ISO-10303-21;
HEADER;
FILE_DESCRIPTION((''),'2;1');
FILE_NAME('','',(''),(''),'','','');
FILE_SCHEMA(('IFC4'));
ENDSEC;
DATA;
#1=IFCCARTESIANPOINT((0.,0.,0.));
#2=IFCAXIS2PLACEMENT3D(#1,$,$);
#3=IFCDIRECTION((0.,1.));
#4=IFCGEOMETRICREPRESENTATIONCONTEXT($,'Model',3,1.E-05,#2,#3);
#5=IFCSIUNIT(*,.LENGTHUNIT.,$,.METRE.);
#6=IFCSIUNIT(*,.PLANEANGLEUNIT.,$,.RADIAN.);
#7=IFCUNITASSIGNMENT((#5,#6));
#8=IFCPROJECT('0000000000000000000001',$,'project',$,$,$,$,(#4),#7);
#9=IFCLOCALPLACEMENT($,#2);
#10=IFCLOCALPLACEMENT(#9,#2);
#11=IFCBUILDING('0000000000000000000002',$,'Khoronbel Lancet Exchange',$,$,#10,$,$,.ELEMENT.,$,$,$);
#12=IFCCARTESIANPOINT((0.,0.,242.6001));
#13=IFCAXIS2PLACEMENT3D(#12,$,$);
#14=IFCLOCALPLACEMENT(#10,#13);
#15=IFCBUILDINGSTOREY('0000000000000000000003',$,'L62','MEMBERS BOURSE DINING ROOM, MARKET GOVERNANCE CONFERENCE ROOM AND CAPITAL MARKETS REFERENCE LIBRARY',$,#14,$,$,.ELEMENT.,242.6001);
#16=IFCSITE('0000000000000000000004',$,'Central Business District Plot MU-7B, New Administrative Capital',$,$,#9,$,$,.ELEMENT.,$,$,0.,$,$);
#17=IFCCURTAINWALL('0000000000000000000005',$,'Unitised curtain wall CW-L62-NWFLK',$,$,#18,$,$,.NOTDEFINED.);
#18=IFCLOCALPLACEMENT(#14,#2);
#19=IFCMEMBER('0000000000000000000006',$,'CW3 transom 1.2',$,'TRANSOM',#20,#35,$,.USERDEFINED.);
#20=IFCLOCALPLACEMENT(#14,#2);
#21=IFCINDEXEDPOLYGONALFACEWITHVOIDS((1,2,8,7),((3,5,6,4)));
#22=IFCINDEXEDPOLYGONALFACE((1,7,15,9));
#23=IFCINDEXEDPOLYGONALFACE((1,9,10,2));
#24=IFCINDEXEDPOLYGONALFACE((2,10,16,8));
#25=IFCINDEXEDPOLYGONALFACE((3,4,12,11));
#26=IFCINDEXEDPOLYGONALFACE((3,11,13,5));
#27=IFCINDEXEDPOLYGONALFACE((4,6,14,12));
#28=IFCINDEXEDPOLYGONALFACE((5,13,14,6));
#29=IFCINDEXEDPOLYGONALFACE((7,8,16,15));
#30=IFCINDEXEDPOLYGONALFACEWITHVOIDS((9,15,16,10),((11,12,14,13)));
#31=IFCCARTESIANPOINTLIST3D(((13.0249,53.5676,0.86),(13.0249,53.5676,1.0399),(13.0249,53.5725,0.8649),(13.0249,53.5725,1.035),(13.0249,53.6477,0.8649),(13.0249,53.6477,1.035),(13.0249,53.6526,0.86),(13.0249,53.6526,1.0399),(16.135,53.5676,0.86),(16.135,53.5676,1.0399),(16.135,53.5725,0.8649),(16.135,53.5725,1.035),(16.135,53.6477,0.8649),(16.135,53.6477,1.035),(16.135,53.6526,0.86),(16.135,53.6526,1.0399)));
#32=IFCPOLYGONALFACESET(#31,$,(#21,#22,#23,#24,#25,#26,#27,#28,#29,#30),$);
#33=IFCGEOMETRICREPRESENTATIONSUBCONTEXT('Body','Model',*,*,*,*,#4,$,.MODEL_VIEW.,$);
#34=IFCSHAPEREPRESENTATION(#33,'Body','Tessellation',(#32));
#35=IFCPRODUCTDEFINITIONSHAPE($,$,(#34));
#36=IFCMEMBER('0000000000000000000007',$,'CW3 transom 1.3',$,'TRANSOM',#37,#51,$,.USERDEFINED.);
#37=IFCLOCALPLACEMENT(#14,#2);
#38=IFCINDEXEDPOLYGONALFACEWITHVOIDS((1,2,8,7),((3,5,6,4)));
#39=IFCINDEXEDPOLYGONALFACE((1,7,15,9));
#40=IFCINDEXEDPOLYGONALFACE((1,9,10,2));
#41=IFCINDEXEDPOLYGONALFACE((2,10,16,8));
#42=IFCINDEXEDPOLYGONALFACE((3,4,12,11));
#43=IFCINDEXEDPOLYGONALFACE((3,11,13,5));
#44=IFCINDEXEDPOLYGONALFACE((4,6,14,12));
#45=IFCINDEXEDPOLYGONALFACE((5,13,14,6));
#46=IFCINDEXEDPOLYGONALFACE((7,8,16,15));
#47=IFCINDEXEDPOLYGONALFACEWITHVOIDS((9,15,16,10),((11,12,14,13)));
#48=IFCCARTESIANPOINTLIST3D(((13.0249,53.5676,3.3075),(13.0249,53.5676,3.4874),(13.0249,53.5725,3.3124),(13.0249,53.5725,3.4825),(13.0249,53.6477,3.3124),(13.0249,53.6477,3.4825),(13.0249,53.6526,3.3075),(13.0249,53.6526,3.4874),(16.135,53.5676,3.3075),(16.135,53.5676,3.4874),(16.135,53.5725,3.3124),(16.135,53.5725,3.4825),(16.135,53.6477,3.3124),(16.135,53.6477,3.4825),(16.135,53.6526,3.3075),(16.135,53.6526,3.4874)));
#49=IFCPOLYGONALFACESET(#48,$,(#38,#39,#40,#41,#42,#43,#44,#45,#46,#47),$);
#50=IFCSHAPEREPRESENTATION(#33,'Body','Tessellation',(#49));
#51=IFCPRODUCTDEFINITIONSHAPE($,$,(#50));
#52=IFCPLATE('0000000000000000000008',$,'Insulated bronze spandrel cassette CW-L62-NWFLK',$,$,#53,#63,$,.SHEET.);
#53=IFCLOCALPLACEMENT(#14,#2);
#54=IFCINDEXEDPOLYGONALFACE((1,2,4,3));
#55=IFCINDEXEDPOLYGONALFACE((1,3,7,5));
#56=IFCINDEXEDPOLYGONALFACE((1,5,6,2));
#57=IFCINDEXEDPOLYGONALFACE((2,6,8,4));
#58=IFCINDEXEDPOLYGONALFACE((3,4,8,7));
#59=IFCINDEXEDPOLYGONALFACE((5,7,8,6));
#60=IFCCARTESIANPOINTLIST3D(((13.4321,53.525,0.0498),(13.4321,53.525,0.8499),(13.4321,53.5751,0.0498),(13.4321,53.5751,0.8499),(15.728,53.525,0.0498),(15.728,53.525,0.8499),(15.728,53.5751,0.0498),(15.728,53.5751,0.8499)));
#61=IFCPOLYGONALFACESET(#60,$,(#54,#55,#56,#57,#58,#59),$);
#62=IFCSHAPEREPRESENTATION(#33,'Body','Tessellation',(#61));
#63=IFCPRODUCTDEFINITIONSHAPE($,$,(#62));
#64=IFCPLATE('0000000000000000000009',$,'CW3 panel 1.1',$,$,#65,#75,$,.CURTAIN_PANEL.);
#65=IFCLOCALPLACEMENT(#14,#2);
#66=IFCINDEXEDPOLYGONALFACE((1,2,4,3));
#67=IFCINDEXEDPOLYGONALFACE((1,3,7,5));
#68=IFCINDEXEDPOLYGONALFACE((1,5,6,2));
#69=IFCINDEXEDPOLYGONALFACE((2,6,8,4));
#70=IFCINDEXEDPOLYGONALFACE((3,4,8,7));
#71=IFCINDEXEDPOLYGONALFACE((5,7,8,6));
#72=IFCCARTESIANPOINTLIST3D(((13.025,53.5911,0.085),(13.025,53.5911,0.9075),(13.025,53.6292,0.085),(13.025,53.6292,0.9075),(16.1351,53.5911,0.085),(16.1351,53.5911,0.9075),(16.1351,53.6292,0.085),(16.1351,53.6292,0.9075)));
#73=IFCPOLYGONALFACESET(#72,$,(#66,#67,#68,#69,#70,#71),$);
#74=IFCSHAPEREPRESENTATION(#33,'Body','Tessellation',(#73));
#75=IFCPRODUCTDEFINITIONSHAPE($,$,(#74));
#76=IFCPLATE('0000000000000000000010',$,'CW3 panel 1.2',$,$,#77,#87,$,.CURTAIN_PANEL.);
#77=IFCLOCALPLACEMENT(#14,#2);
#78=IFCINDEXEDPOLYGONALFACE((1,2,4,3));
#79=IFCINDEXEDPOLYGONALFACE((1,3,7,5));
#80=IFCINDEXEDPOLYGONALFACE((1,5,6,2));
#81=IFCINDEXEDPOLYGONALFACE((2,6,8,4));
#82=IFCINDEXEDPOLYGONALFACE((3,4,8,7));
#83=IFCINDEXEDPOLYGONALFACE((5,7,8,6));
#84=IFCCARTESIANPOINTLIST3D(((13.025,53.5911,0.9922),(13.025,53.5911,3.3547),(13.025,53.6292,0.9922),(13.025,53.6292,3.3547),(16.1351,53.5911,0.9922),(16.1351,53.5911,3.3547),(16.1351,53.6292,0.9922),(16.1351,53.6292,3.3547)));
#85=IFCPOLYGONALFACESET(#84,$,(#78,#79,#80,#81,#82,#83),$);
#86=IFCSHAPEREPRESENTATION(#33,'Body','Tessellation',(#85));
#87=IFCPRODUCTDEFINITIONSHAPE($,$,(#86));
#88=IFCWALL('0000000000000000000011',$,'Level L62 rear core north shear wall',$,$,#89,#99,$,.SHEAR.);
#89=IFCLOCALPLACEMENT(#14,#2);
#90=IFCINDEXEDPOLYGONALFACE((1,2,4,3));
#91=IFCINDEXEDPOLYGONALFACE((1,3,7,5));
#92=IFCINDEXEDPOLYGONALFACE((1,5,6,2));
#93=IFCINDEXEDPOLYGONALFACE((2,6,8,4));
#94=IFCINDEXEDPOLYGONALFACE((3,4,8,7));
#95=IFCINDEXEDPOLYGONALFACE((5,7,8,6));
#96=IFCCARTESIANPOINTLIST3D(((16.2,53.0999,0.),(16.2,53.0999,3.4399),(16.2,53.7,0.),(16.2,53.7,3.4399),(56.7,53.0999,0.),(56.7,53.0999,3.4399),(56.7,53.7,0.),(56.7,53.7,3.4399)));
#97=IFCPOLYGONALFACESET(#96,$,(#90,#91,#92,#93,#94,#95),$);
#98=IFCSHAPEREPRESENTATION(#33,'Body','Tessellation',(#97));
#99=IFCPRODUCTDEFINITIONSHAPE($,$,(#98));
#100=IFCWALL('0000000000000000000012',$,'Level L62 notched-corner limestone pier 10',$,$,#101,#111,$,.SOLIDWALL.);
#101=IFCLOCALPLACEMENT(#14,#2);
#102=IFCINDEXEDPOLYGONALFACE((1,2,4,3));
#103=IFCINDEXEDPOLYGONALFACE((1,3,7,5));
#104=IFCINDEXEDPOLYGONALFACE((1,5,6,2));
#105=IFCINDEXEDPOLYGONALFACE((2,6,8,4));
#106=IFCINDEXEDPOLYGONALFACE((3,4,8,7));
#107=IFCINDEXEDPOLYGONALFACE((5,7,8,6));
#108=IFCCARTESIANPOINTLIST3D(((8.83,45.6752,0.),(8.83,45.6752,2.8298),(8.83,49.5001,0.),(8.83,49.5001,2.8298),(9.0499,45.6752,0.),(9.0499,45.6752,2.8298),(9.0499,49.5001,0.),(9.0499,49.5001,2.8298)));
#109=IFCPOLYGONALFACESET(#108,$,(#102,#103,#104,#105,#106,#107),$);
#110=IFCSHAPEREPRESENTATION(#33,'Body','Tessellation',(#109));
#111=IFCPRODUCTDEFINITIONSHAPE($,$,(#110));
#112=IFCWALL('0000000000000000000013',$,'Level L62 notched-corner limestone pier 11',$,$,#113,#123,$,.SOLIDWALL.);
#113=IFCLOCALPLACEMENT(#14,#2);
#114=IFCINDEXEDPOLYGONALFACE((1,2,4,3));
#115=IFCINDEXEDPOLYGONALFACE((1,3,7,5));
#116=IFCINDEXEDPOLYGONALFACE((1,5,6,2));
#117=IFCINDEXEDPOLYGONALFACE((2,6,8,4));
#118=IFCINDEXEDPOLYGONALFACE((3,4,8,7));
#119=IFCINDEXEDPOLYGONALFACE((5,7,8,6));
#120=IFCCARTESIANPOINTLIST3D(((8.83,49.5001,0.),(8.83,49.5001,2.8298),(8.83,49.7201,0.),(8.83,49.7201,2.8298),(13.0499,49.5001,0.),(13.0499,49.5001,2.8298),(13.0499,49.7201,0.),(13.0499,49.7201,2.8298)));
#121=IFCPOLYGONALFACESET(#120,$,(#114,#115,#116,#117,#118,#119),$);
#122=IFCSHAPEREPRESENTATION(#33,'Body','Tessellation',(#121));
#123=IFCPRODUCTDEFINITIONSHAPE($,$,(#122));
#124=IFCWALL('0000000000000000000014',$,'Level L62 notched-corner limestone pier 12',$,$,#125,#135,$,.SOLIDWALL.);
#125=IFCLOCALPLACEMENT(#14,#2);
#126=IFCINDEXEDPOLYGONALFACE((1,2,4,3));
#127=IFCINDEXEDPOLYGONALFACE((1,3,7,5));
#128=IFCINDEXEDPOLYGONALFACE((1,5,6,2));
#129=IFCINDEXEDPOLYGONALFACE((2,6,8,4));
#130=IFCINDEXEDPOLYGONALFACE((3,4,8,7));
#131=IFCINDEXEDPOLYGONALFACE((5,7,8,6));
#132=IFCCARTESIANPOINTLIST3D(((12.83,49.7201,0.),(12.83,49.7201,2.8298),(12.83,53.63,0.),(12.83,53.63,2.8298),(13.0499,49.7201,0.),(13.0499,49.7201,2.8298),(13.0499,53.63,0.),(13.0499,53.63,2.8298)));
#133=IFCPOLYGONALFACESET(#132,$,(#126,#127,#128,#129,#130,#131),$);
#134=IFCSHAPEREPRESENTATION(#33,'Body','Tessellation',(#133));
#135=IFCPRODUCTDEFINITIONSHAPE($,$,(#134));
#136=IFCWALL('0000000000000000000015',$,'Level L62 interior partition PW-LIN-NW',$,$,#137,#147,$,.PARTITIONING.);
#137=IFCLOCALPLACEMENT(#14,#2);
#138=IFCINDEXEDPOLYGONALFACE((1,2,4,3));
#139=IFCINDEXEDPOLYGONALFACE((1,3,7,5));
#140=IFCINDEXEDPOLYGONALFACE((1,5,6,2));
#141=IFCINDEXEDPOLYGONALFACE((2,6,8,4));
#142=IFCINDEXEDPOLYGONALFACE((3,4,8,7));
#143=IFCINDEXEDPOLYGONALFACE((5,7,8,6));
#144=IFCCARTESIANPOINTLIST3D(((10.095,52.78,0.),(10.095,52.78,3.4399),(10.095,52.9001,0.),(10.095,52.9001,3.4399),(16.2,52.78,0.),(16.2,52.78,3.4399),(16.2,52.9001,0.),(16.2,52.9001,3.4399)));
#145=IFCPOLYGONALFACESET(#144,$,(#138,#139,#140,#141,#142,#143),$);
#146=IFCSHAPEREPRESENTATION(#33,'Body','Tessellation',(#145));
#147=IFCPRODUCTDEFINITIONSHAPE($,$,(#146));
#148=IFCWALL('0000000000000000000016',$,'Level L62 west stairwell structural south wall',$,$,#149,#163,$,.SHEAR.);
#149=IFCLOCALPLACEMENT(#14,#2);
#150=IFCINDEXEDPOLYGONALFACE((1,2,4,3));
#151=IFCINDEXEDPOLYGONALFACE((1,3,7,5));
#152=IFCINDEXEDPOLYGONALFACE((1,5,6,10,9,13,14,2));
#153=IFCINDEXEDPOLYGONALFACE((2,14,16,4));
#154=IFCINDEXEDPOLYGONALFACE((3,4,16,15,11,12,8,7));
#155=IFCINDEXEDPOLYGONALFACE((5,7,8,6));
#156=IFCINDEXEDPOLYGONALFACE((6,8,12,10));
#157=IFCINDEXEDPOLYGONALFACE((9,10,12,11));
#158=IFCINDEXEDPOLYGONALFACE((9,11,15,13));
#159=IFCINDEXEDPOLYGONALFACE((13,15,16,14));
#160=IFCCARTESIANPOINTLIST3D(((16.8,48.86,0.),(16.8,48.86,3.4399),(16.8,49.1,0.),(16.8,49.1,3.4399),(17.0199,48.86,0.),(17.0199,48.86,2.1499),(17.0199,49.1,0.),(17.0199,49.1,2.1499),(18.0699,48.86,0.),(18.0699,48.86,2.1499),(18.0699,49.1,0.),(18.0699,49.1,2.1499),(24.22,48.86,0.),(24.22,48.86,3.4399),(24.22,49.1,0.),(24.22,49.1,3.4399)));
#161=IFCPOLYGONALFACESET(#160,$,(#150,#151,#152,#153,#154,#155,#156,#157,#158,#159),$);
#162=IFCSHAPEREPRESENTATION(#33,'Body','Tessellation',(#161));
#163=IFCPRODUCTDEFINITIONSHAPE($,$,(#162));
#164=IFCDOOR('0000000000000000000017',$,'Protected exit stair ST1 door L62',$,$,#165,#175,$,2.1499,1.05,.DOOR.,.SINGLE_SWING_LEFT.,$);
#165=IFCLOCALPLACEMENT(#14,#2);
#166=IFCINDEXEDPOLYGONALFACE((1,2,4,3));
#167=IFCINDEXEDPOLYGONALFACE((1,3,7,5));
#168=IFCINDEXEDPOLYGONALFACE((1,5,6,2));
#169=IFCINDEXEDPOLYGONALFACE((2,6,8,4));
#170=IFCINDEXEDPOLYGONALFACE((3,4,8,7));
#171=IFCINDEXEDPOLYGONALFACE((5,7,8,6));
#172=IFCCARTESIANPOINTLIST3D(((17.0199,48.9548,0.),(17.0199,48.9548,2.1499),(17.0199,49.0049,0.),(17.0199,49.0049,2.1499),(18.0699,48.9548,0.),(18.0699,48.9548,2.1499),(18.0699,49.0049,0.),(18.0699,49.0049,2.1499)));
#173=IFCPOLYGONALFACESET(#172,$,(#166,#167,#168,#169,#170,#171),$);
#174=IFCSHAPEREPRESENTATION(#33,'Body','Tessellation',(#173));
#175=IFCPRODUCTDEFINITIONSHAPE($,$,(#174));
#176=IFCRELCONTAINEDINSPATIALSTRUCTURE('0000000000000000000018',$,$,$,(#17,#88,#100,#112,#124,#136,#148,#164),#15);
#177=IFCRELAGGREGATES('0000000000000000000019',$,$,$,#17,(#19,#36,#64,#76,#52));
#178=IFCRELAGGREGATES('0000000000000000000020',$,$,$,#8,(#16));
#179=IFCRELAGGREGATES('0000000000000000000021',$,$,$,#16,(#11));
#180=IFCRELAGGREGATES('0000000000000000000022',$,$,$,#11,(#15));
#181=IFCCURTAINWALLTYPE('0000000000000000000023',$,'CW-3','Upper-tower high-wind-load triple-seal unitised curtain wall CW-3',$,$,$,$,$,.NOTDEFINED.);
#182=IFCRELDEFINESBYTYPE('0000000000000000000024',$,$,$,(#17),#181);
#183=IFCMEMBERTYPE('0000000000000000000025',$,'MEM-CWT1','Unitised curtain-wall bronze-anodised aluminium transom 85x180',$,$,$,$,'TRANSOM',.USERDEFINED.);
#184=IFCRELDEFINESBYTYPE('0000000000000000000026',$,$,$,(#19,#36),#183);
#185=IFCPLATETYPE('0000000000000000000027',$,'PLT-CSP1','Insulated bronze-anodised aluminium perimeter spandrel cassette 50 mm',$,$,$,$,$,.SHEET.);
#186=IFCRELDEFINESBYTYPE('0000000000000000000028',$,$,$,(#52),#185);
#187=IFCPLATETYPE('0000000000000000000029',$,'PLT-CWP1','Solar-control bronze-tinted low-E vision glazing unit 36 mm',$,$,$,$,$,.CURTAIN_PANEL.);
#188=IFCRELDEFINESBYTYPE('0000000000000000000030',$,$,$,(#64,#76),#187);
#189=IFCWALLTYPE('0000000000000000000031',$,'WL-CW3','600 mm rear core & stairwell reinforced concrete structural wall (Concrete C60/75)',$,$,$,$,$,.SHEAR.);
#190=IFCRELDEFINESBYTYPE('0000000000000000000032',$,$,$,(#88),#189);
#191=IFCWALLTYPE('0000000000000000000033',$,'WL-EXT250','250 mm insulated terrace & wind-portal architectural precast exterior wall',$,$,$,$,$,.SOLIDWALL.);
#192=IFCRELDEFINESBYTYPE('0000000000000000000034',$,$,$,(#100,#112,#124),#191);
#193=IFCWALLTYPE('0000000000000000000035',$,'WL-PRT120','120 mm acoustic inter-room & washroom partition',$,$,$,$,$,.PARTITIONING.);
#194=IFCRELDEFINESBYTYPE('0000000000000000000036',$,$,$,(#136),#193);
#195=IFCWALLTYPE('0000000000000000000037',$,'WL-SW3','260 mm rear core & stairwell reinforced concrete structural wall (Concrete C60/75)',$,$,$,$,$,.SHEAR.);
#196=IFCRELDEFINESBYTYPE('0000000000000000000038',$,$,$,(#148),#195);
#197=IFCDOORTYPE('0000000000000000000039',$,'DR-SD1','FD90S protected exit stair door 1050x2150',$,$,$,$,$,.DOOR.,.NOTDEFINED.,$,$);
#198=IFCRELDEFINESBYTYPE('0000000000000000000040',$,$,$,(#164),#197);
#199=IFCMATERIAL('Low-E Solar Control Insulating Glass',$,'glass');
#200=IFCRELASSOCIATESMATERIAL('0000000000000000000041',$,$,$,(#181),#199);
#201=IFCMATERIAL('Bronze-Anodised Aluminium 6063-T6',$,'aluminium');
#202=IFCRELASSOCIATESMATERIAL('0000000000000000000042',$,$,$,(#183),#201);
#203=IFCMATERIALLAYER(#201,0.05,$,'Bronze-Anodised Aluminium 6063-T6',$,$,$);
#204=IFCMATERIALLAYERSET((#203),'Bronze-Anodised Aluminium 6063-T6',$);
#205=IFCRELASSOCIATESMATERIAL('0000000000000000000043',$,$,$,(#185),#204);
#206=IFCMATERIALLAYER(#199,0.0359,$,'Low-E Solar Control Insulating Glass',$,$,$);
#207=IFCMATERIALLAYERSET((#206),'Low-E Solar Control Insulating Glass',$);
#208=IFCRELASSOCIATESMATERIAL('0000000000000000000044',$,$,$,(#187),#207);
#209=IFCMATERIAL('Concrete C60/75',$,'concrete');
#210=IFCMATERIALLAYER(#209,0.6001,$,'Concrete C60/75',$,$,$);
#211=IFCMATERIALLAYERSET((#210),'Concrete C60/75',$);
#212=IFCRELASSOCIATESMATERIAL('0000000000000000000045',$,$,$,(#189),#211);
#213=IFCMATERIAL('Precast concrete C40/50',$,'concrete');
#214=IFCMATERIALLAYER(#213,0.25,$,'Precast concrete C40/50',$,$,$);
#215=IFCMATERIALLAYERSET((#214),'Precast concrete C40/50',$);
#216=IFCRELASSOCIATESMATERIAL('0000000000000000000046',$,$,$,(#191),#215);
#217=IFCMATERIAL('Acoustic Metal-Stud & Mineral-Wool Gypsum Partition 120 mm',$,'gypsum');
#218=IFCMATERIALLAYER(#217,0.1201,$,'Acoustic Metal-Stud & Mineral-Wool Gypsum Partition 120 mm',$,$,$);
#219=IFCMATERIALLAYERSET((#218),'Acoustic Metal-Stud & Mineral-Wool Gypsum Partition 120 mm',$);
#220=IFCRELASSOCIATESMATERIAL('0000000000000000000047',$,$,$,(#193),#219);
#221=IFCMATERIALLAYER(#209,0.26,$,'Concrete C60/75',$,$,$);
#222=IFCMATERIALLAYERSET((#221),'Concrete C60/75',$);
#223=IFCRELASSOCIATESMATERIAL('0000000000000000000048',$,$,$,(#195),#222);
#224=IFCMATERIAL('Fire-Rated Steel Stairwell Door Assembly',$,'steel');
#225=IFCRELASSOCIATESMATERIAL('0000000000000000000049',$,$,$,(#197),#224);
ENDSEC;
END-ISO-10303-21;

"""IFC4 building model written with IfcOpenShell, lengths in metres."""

from ifc_helpers import new_model, si_unit, direction, frame, frame_2d, origin, origin_2d, place, context, subcontext, project, spatial, rectangle, hollow_rectangle, extrude, material, layer, layer_set, material_profile, profile_set, type_object, element, fill, aggregate, save


model = new_model("IFC4")

# Units and contexts
model_context = context("Model", 3, precision=1e-05, world=origin(), true_north=direction((0.0, 1.0)))
body_context = subcontext(model_context, "Body", "Model", "MODEL_VIEW")
ifc_project = project(units=[si_unit("LENGTHUNIT", "METRE"), si_unit("PLANEANGLEUNIT", "RADIAN")], contexts=[model_context])

# Site, building, storey
site_placement = place(None, origin())
site = spatial("IfcSite", under=ifc_project, at=site_placement, Name="Central Business District Plot MU-7B, New Administrative Capital", CompositionType="ELEMENT", RefElevation=0.0)
building_placement = place(site_placement, origin())
building = spatial("IfcBuilding", under=site, at=building_placement, Name="Khoronbel Lancet Exchange", CompositionType="ELEMENT")
storey_placement = place(building_placement, frame((0.0, 0.0, 242.6001)))
storey = spatial("IfcBuildingStorey", under=building, at=storey_placement, Name="L62", Description="MEMBERS BOURSE DINING ROOM, MARKET GOVERNANCE CONFERENCE ROOM AND CAPITAL MARKETS REFERENCE LIBRARY", CompositionType="ELEMENT", Elevation=242.6001)

# Curtain wall, members, plates
ifc_material_1 = material(Name="Low-E Solar Control Insulating Glass", Category="glass")
curtain_wall_type = type_object("IfcCurtainWallType", Name="CW-3", Description="Upper-tower high-wind-load triple-seal unitised curtain wall CW-3", PredefinedType="NOTDEFINED", material=ifc_material_1)
curtain_wall_placement = place(storey_placement, origin())
curtain_wall = element("IfcCurtainWall", 1, at=curtain_wall_placement, inside=storey, type_object=curtain_wall_type, Name="Unitised curtain wall CW-L62-NWFLK", PredefinedType="NOTDEFINED")
ifc_material_2 = material(Name="Bronze-Anodised Aluminium 6063-T6", Category="aluminium")
ifc_material_profile_1 = material_profile(ifc_material_2, hollow_rectangle(XDim=0.085, YDim=0.1799, WallThickness=0.0049, at=origin_2d()), Name="ALU TRANSOM 85x180")
ifc_profile_set_1 = profile_set([ifc_material_profile_1], Name="Bronze-Anodised Aluminium 6063-T6")
member_type_1 = type_object("IfcMemberType", Name="MEM-CWT1", Description="Unitised curtain-wall bronze-anodised aluminium transom 85x180", ElementType="TRANSOM", PredefinedType="USERDEFINED", material=ifc_profile_set_1)
member_1_placement = place(storey_placement, frame((16.135, 53.6101, 0.95), z_axis=(-1.0, 0.0, 0.0), x_axis=(0.0, -1.0, 0.0)))
member_1 = element("IfcMember", 2, at=member_1_placement, type_object=member_type_1, Name="CW3 transom 1.2", ObjectType="TRANSOM", PredefinedType="USERDEFINED", context=body_context, shape_type="SweptSolid", body=[
    extrude(hollow_rectangle(XDim=0.085, YDim=0.1799, WallThickness=0.0049, at=origin_2d()), origin(), (0.0, 0.0, 1.0), 3.1101),
])
member_2_placement = place(storey_placement, frame((16.135, 53.6101, 3.3975), z_axis=(-1.0, 0.0, 0.0), x_axis=(0.0, -1.0, 0.0)))
member_2 = element("IfcMember", 3, at=member_2_placement, type_object=member_type_1, Name="CW3 transom 1.3", ObjectType="TRANSOM", PredefinedType="USERDEFINED", context=body_context, shape_type="SweptSolid", body=[
    extrude(hollow_rectangle(XDim=0.085, YDim=0.1799, WallThickness=0.0049, at=origin_2d()), origin(), (0.0, 0.0, 1.0), 3.1101),
])
ifc_layer_1 = layer(ifc_material_2, 0.05, Name="Bronze-Anodised Aluminium 6063-T6")
ifc_layer_set_1 = layer_set([ifc_layer_1], Name="Bronze-Anodised Aluminium 6063-T6")
plate_type_1 = type_object("IfcPlateType", Name="PLT-CSP1", Description="Insulated bronze-anodised aluminium perimeter spandrel cassette 50 mm", PredefinedType="SHEET", material=ifc_layer_set_1)
plate_1_placement = place(storey_placement, frame((14.5801, 53.55, 0.0498), z_axis=(0.0, 0.0, 1.0), x_axis=(-1.0, 0.0, 0.0)))
plate_1 = element("IfcPlate", 4, at=plate_1_placement, type_object=plate_type_1, Name="Insulated bronze spandrel cassette CW-L62-NWFLK", PredefinedType="SHEET", context=body_context, shape_type="SweptSolid", body=[
    extrude(rectangle(XDim=2.2959, YDim=0.05, at=origin_2d()), origin(), (0.0, 0.0, 1.0), 0.8),
])
ifc_layer_2 = layer(ifc_material_1, 0.0359, Name="Low-E Solar Control Insulating Glass")
ifc_layer_set_2 = layer_set([ifc_layer_2], Name="Low-E Solar Control Insulating Glass")
plate_type_2 = type_object("IfcPlateType", Name="PLT-CWP1", Description="Solar-control bronze-tinted low-E vision glazing unit 36 mm", PredefinedType="CURTAIN_PANEL", material=ifc_layer_set_2)
plate_2_placement = place(storey_placement, frame((14.5801, 53.6101, 0.085), z_axis=(0.0, 0.0, 1.0), x_axis=(-1.0, 0.0, 0.0)))
plate_2 = element("IfcPlate", 5, at=plate_2_placement, type_object=plate_type_2, Name="CW3 panel 1.1", PredefinedType="CURTAIN_PANEL", context=body_context, shape_type="SweptSolid", body=[
    extrude(rectangle(XDim=3.1101, YDim=0.0381, at=origin_2d()), origin(), (0.0, 0.0, 1.0), 0.8225),
])
plate_3_placement = place(storey_placement, frame((14.5801, 53.6101, 0.9922), z_axis=(0.0, 0.0, 1.0), x_axis=(-1.0, 0.0, 0.0)))
plate_3 = element("IfcPlate", 6, at=plate_3_placement, type_object=plate_type_2, Name="CW3 panel 1.2", PredefinedType="CURTAIN_PANEL", context=body_context, shape_type="SweptSolid", body=[
    extrude(rectangle(XDim=3.1101, YDim=0.0381, at=origin_2d()), origin(), (0.0, 0.0, 1.0), 2.3625),
])
aggregate(curtain_wall, [member_1, member_2, plate_2, plate_3, plate_1])

# Walls
ifc_material_3 = material(Name="Concrete C60/75", Category="concrete")
ifc_layer_3 = layer(ifc_material_3, 0.6001, Name="Concrete C60/75")
ifc_layer_set_3 = layer_set([ifc_layer_3], Name="Concrete C60/75")
wall_type_1 = type_object("IfcWallType", Name="WL-CW3", Description="600 mm rear core & stairwell reinforced concrete structural wall (Concrete C60/75)", PredefinedType="SHEAR", material=ifc_layer_set_3)
wall_1_placement = place(storey_placement, frame((16.2, 53.3999, 0.0), z_axis=(0.0, 0.0, 1.0), x_axis=(1.0, 0.0, 0.0)))
element("IfcWall", 7, at=wall_1_placement, inside=storey, type_object=wall_type_1, Name="Level L62 rear core north shear wall", PredefinedType="SHEAR", context=body_context, shape_type="SweptSolid", body=[
    extrude(rectangle(XDim=40.5, YDim=0.6001, at=frame_2d((20.25, 0.0))), origin(), (0.0, 0.0, 1.0), 3.4399),
])
ifc_material_4 = material(Name="Precast concrete C40/50", Category="concrete")
ifc_layer_4 = layer(ifc_material_4, 0.25, Name="Precast concrete C40/50")
ifc_layer_set_4 = layer_set([ifc_layer_4], Name="Precast concrete C40/50")
wall_type_2 = type_object("IfcWallType", Name="WL-EXT250", Description="250 mm insulated terrace & wind-portal architectural precast exterior wall", PredefinedType="SOLIDWALL", material=ifc_layer_set_4)
wall_2_placement = place(storey_placement, frame((8.9399, 45.675, 0.0), z_axis=(0.0, 0.0, 1.0), x_axis=(0.0, 1.0, 0.0)))
element("IfcWall", 8, at=wall_2_placement, inside=storey, type_object=wall_type_2, Name="Level L62 notched-corner limestone pier 10", PredefinedType="SOLIDWALL", context=body_context, shape_type="SweptSolid", body=[
    extrude(rectangle(XDim=3.825, YDim=0.22, at=frame_2d((1.9126, 0.0))), origin(), (0.0, 0.0, 1.0), 2.8298),
])
wall_3_placement = place(storey_placement, frame((8.8301, 49.6101, 0.0), z_axis=(0.0, 0.0, 1.0), x_axis=(1.0, 0.0, 0.0)))
element("IfcWall", 9, at=wall_3_placement, inside=storey, type_object=wall_type_2, Name="Level L62 notched-corner limestone pier 11", PredefinedType="SOLIDWALL", context=body_context, shape_type="SweptSolid", body=[
    extrude(rectangle(XDim=4.22, YDim=0.22, at=frame_2d((2.1099, 0.0))), origin(), (0.0, 0.0, 1.0), 2.8298),
])
wall_4_placement = place(storey_placement, frame((12.9399, 49.72, 0.0), z_axis=(0.0, 0.0, 1.0), x_axis=(0.0, 1.0, 0.0)))
element("IfcWall", 10, at=wall_4_placement, inside=storey, type_object=wall_type_2, Name="Level L62 notched-corner limestone pier 12", PredefinedType="SOLIDWALL", context=body_context, shape_type="SweptSolid", body=[
    extrude(rectangle(XDim=3.9099, YDim=0.22, at=frame_2d((1.9551, 0.0))), origin(), (0.0, 0.0, 1.0), 2.8298),
])
ifc_material_5 = material(Name="Acoustic Metal-Stud & Mineral-Wool Gypsum Partition 120 mm", Category="gypsum")
ifc_layer_5 = layer(ifc_material_5, 0.1201, Name="Acoustic Metal-Stud & Mineral-Wool Gypsum Partition 120 mm")
ifc_layer_set_5 = layer_set([ifc_layer_5], Name="Acoustic Metal-Stud & Mineral-Wool Gypsum Partition 120 mm")
wall_type_3 = type_object("IfcWallType", Name="WL-PRT120", Description="120 mm acoustic inter-room & washroom partition", PredefinedType="PARTITIONING", material=ifc_layer_set_5)
wall_5_placement = place(storey_placement, frame((10.095, 52.8401, 0.0), z_axis=(0.0, 0.0, 1.0), x_axis=(1.0, 0.0, 0.0)))
element("IfcWall", 11, at=wall_5_placement, inside=storey, type_object=wall_type_3, Name="Level L62 interior partition PW-LIN-NW", PredefinedType="PARTITIONING", context=body_context, shape_type="SweptSolid", body=[
    extrude(rectangle(XDim=6.105, YDim=0.1201, at=frame_2d((3.0525, 0.0))), origin(), (0.0, 0.0, 1.0), 3.4399),
])

# Wall, opening, door
ifc_layer_6 = layer(ifc_material_3, 0.26, Name="Concrete C60/75")
ifc_layer_set_6 = layer_set([ifc_layer_6], Name="Concrete C60/75")
wall_type_4 = type_object("IfcWallType", Name="WL-SW3", Description="260 mm rear core & stairwell reinforced concrete structural wall (Concrete C60/75)", PredefinedType="SHEAR", material=ifc_layer_set_6)
wall_6_placement = place(storey_placement, frame((16.8, 48.98, 0.0), z_axis=(0.0, 0.0, 1.0), x_axis=(1.0, 0.0, 0.0)))
wall_6 = element("IfcWall", 12, at=wall_6_placement, inside=storey, type_object=wall_type_4, Name="Level L62 west stairwell structural south wall", PredefinedType="SHEAR", context=body_context, shape_type="SweptSolid", body=[
    extrude(rectangle(XDim=7.4199, YDim=0.24, at=frame_2d((3.71, 0.0))), origin(), (0.0, 0.0, 1.0), 3.4399),
])
opening_placement = place(wall_6_placement, frame((0.22, 0.0, 0.0)))
opening = element("IfcOpeningElement", 13, at=opening_placement, cuts=wall_6, PredefinedType="OPENING", context=body_context, shape_type="SweptSolid", body=[
    extrude(rectangle(XDim=1.05, YDim=2.1499, at=frame_2d((0.5249, 1.075))), frame((0.0, 0.1299, 0.0), z_axis=(0.0, -1.0, 0.0), x_axis=(1.0, 0.0, 0.0)), (0.0, 0.0, 1.0), 0.26),
])
ifc_material_6 = material(Name="Fire-Rated Steel Stairwell Door Assembly", Category="steel")
door_type = type_object("IfcDoorType", Name="DR-SD1", Description="FD90S protected exit stair door 1050x2150", OperationType="NOTDEFINED", PredefinedType="DOOR", material=ifc_material_6)
door_placement = place(opening_placement, origin())
door = element("IfcDoor", 14, at=door_placement, inside=storey, type_object=door_type, Name="Protected exit stair ST1 door L62", OperationType="SINGLE_SWING_LEFT", OverallHeight=2.1499, OverallWidth=1.05, PredefinedType="DOOR", context=body_context, shape_type="SweptSolid", body=[
    extrude(rectangle(XDim=1.05, YDim=2.1499, at=frame_2d((0.5249, 1.075))), frame((0.0, 0.0249, 0.0), z_axis=(0.0, -1.0, 0.0), x_axis=(1.0, 0.0, 0.0)), (0.0, 0.0, 1.0), 0.05),
])
fill(opening, door)

save(model, "model.ifc")
